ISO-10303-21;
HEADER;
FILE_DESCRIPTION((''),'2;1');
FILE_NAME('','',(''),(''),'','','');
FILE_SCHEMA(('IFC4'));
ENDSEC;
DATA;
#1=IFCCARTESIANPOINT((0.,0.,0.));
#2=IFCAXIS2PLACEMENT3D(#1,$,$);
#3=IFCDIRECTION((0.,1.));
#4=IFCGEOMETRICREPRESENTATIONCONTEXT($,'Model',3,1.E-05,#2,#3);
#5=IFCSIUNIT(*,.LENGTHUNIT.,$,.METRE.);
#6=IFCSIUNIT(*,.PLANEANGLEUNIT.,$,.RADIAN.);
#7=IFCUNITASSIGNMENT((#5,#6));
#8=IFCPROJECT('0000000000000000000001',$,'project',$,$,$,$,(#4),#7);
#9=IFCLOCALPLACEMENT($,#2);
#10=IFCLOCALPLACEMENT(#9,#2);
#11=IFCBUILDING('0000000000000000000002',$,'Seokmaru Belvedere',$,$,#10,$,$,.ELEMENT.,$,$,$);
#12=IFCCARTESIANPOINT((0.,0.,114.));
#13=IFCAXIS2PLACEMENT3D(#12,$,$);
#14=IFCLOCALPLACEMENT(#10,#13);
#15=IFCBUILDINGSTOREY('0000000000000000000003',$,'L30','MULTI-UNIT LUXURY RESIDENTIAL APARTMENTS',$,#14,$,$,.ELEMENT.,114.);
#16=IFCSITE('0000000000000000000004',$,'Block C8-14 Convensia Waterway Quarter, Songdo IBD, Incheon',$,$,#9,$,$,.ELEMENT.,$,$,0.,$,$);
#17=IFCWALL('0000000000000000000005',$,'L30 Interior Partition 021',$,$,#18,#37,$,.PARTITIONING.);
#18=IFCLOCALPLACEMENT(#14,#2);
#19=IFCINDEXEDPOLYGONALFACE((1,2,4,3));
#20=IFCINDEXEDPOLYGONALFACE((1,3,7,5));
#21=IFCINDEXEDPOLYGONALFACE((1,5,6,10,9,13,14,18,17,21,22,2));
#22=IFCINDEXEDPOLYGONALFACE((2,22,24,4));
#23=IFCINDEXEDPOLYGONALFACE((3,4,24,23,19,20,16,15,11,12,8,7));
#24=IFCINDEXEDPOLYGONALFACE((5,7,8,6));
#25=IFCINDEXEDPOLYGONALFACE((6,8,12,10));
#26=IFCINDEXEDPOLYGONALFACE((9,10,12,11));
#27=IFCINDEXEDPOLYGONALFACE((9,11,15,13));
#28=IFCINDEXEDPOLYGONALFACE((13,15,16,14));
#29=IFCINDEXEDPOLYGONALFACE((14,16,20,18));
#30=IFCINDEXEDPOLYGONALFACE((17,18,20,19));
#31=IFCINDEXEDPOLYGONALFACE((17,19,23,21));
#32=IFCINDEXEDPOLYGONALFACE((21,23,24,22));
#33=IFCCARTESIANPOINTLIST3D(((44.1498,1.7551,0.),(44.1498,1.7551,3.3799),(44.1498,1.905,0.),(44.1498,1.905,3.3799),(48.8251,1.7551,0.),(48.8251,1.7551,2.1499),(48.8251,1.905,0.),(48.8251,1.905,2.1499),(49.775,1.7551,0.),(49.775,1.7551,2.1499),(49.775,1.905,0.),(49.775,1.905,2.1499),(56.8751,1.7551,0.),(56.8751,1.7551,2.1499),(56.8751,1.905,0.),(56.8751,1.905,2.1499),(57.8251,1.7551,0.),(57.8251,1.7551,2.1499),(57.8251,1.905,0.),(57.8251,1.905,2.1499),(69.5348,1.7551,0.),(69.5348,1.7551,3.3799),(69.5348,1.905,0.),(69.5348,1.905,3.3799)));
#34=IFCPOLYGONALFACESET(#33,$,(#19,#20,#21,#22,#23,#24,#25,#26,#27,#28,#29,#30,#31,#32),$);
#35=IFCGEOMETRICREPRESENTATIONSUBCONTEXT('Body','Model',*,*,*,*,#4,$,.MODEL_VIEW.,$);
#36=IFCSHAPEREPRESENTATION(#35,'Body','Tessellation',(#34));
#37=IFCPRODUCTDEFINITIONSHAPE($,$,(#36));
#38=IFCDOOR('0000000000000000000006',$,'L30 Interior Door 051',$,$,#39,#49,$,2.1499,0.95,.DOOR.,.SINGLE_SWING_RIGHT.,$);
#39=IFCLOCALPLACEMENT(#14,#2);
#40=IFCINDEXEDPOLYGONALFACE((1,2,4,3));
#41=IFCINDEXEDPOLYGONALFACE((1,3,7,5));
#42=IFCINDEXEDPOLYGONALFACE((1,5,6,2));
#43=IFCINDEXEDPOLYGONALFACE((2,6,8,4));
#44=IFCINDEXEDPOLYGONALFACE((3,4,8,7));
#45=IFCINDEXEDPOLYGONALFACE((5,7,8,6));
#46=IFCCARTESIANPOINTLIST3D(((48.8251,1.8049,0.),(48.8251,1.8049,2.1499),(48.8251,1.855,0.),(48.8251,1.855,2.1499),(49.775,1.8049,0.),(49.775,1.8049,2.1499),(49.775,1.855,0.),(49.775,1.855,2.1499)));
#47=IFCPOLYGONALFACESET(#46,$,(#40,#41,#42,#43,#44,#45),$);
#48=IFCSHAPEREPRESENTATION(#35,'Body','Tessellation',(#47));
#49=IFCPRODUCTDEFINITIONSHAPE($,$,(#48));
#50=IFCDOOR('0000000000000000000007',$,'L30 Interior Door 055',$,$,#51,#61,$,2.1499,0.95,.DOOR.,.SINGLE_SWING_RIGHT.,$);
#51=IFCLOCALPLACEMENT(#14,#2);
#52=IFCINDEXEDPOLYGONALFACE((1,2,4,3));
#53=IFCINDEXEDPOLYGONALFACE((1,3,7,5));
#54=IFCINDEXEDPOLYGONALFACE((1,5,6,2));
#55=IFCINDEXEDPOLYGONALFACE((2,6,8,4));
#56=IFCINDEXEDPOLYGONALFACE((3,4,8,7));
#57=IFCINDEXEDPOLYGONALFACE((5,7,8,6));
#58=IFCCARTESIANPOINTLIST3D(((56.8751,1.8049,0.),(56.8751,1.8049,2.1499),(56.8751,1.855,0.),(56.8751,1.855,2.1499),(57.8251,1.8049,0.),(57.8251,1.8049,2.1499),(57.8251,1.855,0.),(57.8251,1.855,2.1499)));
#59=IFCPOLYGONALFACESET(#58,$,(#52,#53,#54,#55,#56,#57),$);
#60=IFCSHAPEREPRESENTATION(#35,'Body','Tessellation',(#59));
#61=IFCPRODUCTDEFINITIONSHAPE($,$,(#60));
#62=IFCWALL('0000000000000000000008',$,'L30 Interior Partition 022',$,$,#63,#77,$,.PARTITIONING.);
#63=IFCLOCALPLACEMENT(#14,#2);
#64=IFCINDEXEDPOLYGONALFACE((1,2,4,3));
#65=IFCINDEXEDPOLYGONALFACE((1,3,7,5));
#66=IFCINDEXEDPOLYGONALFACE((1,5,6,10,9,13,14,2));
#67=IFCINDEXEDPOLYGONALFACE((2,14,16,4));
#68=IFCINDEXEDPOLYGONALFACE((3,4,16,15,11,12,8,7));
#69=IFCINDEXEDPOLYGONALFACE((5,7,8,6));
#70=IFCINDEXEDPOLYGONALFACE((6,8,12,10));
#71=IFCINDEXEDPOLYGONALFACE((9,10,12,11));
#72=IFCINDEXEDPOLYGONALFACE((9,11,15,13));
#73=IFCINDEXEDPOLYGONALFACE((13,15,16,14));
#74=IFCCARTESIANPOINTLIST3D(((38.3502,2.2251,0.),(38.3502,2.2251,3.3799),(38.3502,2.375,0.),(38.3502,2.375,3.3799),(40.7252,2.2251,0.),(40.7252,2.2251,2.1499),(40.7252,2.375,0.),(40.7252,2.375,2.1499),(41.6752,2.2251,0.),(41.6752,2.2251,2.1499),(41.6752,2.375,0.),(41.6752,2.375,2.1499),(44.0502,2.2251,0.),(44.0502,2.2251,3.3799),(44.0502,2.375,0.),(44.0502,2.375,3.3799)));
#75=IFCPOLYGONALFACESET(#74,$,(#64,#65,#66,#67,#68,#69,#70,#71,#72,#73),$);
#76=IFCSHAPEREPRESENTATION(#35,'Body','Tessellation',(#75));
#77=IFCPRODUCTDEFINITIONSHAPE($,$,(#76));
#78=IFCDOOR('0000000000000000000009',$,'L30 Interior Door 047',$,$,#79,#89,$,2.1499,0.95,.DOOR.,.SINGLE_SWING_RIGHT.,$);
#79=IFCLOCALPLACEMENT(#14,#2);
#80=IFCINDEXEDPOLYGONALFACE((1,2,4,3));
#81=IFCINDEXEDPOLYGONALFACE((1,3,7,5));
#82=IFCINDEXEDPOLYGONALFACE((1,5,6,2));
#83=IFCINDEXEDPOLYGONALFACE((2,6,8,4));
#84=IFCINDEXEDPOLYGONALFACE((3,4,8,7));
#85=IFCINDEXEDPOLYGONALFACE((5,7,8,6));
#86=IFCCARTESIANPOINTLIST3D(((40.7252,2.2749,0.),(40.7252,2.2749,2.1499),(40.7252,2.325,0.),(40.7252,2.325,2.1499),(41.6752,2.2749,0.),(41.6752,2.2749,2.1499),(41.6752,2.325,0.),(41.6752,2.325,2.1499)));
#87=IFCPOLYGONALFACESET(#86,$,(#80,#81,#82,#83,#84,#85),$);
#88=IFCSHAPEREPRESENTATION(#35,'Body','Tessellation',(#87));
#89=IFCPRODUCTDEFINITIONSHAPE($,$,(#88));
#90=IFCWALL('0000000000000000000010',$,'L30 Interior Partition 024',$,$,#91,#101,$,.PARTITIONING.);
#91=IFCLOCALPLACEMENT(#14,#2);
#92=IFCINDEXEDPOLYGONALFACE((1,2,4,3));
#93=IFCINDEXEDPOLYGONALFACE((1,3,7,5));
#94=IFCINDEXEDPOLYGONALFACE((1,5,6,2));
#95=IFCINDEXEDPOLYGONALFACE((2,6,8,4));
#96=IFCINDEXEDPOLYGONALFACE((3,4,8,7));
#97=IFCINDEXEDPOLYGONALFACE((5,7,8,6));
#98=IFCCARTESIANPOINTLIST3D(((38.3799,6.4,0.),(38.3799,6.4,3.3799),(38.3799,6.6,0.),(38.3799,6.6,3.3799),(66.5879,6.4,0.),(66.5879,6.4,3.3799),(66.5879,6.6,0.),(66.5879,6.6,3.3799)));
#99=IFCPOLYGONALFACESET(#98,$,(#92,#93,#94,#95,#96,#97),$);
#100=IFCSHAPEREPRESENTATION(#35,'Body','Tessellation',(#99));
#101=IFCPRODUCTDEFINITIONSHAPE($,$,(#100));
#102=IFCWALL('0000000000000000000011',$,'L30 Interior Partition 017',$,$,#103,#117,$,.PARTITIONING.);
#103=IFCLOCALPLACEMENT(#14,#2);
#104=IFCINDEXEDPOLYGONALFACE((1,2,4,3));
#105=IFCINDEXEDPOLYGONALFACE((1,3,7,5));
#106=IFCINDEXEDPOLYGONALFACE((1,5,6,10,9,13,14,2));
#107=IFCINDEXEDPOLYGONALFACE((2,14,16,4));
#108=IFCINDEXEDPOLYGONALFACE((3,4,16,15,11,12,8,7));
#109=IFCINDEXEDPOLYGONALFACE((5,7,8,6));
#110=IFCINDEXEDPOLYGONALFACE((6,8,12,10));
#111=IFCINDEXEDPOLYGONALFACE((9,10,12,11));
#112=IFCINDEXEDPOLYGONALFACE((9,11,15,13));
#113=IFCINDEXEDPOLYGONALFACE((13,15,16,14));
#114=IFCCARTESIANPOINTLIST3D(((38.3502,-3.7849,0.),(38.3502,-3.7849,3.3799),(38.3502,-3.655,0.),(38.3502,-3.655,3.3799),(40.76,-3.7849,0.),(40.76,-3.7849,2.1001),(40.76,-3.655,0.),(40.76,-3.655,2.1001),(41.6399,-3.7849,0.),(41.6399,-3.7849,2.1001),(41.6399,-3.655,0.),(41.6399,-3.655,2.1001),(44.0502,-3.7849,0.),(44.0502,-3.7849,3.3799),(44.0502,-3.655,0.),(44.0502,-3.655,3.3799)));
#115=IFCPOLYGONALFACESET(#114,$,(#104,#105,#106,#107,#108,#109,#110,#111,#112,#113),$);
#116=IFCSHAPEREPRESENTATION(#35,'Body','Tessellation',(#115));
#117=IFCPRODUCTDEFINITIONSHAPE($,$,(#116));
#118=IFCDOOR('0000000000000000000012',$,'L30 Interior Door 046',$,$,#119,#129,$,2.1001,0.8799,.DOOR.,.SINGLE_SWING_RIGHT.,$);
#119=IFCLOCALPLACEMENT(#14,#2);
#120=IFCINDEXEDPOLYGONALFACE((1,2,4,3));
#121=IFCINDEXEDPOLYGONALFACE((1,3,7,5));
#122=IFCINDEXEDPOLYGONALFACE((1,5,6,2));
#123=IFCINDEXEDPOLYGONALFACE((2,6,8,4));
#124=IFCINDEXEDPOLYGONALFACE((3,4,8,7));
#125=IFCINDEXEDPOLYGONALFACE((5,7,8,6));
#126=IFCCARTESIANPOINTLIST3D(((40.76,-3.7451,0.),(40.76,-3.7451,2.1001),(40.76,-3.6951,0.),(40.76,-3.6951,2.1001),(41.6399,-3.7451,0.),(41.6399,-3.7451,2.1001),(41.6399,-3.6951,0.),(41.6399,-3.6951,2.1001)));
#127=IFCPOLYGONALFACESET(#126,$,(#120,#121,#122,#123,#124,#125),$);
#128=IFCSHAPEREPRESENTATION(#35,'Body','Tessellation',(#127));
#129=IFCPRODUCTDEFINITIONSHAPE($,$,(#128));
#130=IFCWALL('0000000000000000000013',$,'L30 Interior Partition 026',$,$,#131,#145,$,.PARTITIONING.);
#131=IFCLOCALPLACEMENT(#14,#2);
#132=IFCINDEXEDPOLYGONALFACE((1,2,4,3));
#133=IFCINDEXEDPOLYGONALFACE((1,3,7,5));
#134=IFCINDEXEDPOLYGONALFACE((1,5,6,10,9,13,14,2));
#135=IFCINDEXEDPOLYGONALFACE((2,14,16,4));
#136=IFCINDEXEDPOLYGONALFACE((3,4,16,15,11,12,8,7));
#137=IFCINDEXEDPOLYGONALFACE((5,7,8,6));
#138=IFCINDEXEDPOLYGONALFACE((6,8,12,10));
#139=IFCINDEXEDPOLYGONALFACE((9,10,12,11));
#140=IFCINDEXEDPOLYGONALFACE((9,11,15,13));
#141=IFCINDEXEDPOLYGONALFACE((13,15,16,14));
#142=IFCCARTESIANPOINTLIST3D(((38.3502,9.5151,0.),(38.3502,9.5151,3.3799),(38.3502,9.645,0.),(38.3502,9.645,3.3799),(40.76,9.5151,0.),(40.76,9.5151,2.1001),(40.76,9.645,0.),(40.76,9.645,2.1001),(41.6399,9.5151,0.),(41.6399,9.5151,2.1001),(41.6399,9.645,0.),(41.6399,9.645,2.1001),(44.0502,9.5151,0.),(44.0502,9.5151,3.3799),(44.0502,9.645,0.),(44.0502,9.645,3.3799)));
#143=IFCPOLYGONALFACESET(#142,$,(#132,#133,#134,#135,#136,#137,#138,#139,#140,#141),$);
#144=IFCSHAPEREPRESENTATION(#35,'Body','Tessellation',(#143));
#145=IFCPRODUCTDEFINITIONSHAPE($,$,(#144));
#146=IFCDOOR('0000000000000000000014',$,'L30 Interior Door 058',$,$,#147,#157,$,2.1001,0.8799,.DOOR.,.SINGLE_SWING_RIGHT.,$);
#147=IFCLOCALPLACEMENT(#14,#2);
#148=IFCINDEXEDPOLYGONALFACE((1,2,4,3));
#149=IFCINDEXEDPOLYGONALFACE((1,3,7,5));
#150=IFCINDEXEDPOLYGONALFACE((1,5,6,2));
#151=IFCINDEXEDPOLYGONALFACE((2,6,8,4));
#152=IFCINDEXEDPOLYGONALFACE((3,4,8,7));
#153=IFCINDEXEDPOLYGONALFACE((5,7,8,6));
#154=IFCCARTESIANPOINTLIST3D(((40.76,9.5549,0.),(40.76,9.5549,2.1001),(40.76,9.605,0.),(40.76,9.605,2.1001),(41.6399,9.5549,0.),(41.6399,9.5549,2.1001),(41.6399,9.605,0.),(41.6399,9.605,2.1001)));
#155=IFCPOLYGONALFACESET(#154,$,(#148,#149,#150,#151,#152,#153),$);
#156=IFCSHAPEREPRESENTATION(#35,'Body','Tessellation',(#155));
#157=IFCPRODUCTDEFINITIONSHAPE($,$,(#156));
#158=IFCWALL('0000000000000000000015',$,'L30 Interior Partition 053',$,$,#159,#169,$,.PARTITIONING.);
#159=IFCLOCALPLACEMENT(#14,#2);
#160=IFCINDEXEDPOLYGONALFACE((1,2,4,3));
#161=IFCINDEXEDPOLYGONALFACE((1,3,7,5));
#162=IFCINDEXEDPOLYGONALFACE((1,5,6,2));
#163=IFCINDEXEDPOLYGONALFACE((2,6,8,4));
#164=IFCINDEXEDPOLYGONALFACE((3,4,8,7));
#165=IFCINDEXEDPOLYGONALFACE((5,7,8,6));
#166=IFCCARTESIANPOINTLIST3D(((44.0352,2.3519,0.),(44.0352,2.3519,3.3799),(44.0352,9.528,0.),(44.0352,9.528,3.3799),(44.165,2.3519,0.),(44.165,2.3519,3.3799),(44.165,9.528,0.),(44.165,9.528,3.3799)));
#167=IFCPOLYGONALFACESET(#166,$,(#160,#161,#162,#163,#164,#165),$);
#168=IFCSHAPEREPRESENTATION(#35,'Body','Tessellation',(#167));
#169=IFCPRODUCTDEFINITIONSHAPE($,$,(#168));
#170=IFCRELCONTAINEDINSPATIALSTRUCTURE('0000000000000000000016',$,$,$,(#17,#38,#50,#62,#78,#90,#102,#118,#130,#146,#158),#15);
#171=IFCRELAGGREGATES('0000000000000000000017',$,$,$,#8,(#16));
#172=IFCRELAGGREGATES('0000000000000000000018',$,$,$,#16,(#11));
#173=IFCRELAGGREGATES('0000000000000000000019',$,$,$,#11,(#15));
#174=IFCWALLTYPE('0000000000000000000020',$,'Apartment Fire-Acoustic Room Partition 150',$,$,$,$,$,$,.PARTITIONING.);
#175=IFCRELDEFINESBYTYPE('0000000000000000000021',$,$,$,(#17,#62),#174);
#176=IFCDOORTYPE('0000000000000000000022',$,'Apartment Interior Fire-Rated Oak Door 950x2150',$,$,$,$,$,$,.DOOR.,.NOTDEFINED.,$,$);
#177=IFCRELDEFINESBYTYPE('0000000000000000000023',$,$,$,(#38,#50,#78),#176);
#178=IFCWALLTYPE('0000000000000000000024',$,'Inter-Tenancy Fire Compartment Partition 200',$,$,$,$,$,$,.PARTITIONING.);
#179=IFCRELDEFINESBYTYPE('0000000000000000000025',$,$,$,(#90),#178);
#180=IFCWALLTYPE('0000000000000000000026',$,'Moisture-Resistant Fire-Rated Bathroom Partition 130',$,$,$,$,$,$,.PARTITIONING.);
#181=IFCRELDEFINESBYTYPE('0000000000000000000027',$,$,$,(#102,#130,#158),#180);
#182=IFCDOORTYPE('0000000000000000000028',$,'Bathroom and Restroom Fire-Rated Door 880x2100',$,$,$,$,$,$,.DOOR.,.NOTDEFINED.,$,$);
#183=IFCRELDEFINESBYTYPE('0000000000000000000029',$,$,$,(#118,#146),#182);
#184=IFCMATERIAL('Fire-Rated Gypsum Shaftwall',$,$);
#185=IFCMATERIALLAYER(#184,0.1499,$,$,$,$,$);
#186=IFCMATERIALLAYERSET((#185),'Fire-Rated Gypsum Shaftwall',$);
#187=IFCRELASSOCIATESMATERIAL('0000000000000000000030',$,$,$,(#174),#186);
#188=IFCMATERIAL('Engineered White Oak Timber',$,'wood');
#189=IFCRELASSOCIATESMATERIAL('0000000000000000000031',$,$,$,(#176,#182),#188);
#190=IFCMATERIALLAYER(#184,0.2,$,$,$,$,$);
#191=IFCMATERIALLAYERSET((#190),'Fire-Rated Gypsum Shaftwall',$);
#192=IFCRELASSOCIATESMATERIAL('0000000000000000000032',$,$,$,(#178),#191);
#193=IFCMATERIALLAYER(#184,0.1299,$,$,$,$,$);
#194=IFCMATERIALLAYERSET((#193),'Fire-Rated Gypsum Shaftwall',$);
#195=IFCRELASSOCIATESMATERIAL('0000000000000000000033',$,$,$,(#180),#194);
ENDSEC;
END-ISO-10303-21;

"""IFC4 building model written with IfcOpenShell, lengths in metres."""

from ifc_helpers import new_model, si_unit, direction, frame, frame_2d, origin, place, context, subcontext, project, spatial, rectangle, extrude, source, transform, mapped, material, layer, layer_set, type_object, type_shapes, element, fill, save


model = new_model("IFC4")

# Units and contexts
model_context = context("Model", 3, precision=1e-05, world=origin(), true_north=direction((0.0, 1.0)))
body_context = subcontext(model_context, "Body", "Model", "MODEL_VIEW")
ifc_project = project(units=[si_unit("LENGTHUNIT", "METRE"), si_unit("PLANEANGLEUNIT", "RADIAN")], contexts=[model_context])

# Site, building, storey
site_placement = place(None, origin())
site = spatial("IfcSite", under=ifc_project, at=site_placement, Name="Block C8-14 Convensia Waterway Quarter, Songdo IBD, Incheon", CompositionType="ELEMENT", RefElevation=0.0)
building_placement = place(site_placement, origin())
building = spatial("IfcBuilding", under=site, at=building_placement, Name="Seokmaru Belvedere", CompositionType="ELEMENT")
storey_placement = place(building_placement, frame((0.0, 0.0, 114.0)))
storey = spatial("IfcBuildingStorey", under=building, at=storey_placement, Name="L30", Description="MULTI-UNIT LUXURY RESIDENTIAL APARTMENTS", CompositionType="ELEMENT", Elevation=114.0)

# Wall, openings, doors
ifc_material_1 = material(Name="Fire-Rated Gypsum Shaftwall")
ifc_layer_1 = layer(ifc_material_1, 0.1499)
ifc_layer_set_1 = layer_set([ifc_layer_1], Name="Fire-Rated Gypsum Shaftwall")
wall_type_1 = type_object("IfcWallType", Name="Apartment Fire-Acoustic Room Partition 150", PredefinedType="PARTITIONING", material=ifc_layer_set_1)
ifc_material_2 = material(Name="Engineered White Oak Timber", Category="wood")
door_type_1 = type_object("IfcDoorType", Name="Apartment Interior Fire-Rated Oak Door 950x2150", OperationType="NOTDEFINED", PredefinedType="DOOR", material=ifc_material_2)
shared_shape_1 = source(origin(), body_context, "Body", "SweptSolid", [
    extrude(rectangle(XDim=0.95, YDim=2.1499, at=frame_2d((0.4751, 1.075))), frame((0.0, 0.0249, 0.0), z_axis=(0.0, -1.0, 0.0), x_axis=(1.0, 0.0, 0.0)), (0.0, 0.0, 1.0), 0.05),
])
type_shapes(door_type_1, [shared_shape_1])
wall_1_placement = place(storey_placement, frame((44.1499, 1.8301, 0.0), z_axis=(0.0, 0.0, 1.0), x_axis=(1.0, 0.0, 0.0)))
wall_1 = element("IfcWall", 1, at=wall_1_placement, inside=storey, type_object=wall_type_1, Name="L30 Interior Partition 021", PredefinedType="PARTITIONING", context=body_context, shape_type="SweptSolid", body=[
    extrude(rectangle(XDim=25.385, YDim=0.1499, at=frame_2d((12.6924, 0.0))), origin(), (0.0, 0.0, 1.0), 3.3799),
])
opening_1_placement = place(wall_1_placement, frame((4.675, 0.0, 0.0)))
opening_1 = element("IfcOpeningElement", 2, at=opening_1_placement, cuts=wall_1, PredefinedType="OPENING", context=body_context, shape_type="SweptSolid", body=[
    extrude(rectangle(XDim=0.95, YDim=2.1499, at=frame_2d((0.4751, 1.075))), frame((0.0, 0.085, 0.0), z_axis=(0.0, -1.0, 0.0), x_axis=(1.0, 0.0, 0.0)), (0.0, 0.0, 1.0), 0.1699),
])
opening_2_placement = place(wall_1_placement, frame((12.7251, 0.0, 0.0)))
opening_2 = element("IfcOpeningElement", 3, at=opening_2_placement, cuts=wall_1, PredefinedType="OPENING", context=body_context, shape_type="SweptSolid", body=[
    extrude(rectangle(XDim=0.95, YDim=2.1499, at=frame_2d((0.4751, 1.075))), frame((0.0, 0.085, 0.0), z_axis=(0.0, -1.0, 0.0), x_axis=(1.0, 0.0, 0.0)), (0.0, 0.0, 1.0), 0.1699),
])
door_1_placement = place(opening_1_placement, origin())
door_1 = element("IfcDoor", 4, at=door_1_placement, inside=storey, type_object=door_type_1, Name="L30 Interior Door 051", OperationType="SINGLE_SWING_RIGHT", OverallHeight=2.1499, OverallWidth=0.95, PredefinedType="DOOR", context=body_context, shape_type="MappedRepresentation", body=[
    mapped(shared_shape_1, transform((0.0, 0.0, 0.0), scale=1.0)),
])
fill(opening_1, door_1)
door_2_placement = place(opening_2_placement, origin())
door_2 = element("IfcDoor", 5, at=door_2_placement, inside=storey, type_object=door_type_1, Name="L30 Interior Door 055", OperationType="SINGLE_SWING_RIGHT", OverallHeight=2.1499, OverallWidth=0.95, PredefinedType="DOOR", context=body_context, shape_type="MappedRepresentation", body=[
    mapped(shared_shape_1, transform((0.0, 0.0, 0.0), scale=1.0)),
])
fill(opening_2, door_2)

# Wall, opening, door
wall_2_placement = place(storey_placement, frame((38.3501, 2.3, 0.0), z_axis=(0.0, 0.0, 1.0), x_axis=(1.0, 0.0, 0.0)))
wall_2 = element("IfcWall", 6, at=wall_2_placement, inside=storey, type_object=wall_type_1, Name="L30 Interior Partition 022", PredefinedType="PARTITIONING", context=body_context, shape_type="SweptSolid", body=[
    extrude(rectangle(XDim=5.7, YDim=0.1499, at=frame_2d((2.8501, 0.0))), origin(), (0.0, 0.0, 1.0), 3.3799),
])
opening_3_placement = place(wall_2_placement, frame((2.375, 0.0, 0.0)))
opening_3 = element("IfcOpeningElement", 7, at=opening_3_placement, cuts=wall_2, PredefinedType="OPENING", context=body_context, shape_type="SweptSolid", body=[
    extrude(rectangle(XDim=0.95, YDim=2.1499, at=frame_2d((0.4751, 1.075))), frame((0.0, 0.085, 0.0), z_axis=(0.0, -1.0, 0.0), x_axis=(1.0, 0.0, 0.0)), (0.0, 0.0, 1.0), 0.1699),
])
door_3_placement = place(opening_3_placement, origin())
door_3 = element("IfcDoor", 8, at=door_3_placement, inside=storey, type_object=door_type_1, Name="L30 Interior Door 047", OperationType="SINGLE_SWING_RIGHT", OverallHeight=2.1499, OverallWidth=0.95, PredefinedType="DOOR", context=body_context, shape_type="MappedRepresentation", body=[
    mapped(shared_shape_1, transform((0.0, 0.0, 0.0), scale=1.0)),
])
fill(opening_3, door_3)

# Wall
ifc_layer_2 = layer(ifc_material_1, 0.2)
ifc_layer_set_2 = layer_set([ifc_layer_2], Name="Fire-Rated Gypsum Shaftwall")
wall_type_2 = type_object("IfcWallType", Name="Inter-Tenancy Fire Compartment Partition 200", PredefinedType="PARTITIONING", material=ifc_layer_set_2)
wall_3_placement = place(storey_placement, frame((38.3799, 6.5, 0.0), z_axis=(0.0, 0.0, 1.0), x_axis=(1.0, 0.0, 0.0)))
element("IfcWall", 9, at=wall_3_placement, inside=storey, type_object=wall_type_2, Name="L30 Interior Partition 024", PredefinedType="PARTITIONING", context=body_context, shape_type="SweptSolid", body=[
    extrude(rectangle(XDim=28.208, YDim=0.2, at=frame_2d((14.104, 0.0))), origin(), (0.0, 0.0, 1.0), 3.3799),
])

# Walls, openings, doors
ifc_layer_3 = layer(ifc_material_1, 0.1299)
ifc_layer_set_3 = layer_set([ifc_layer_3], Name="Fire-Rated Gypsum Shaftwall")
wall_type_3 = type_object("IfcWallType", Name="Moisture-Resistant Fire-Rated Bathroom Partition 130", PredefinedType="PARTITIONING", material=ifc_layer_set_3)
wall_4_placement = place(storey_placement, frame((38.3501, -3.72, 0.0), z_axis=(0.0, 0.0, 1.0), x_axis=(1.0, 0.0, 0.0)))
wall_4 = element("IfcWall", 10, at=wall_4_placement, inside=storey, type_object=wall_type_3, Name="L30 Interior Partition 017", PredefinedType="PARTITIONING", context=body_context, shape_type="SweptSolid", body=[
    extrude(rectangle(XDim=5.7, YDim=0.1299, at=frame_2d((2.8501, 0.0))), origin(), (0.0, 0.0, 1.0), 3.3799),
])
opening_4_placement = place(wall_4_placement, frame((2.4099, 0.0, 0.0)))
opening_4 = element("IfcOpeningElement", 11, at=opening_4_placement, cuts=wall_4, PredefinedType="OPENING", context=body_context, shape_type="SweptSolid", body=[
    extrude(rectangle(XDim=0.8799, YDim=2.1001, at=frame_2d((0.4399, 1.05))), frame((0.0, 0.075, 0.0), z_axis=(0.0, -1.0, 0.0), x_axis=(1.0, 0.0, 0.0)), (0.0, 0.0, 1.0), 0.1499),
])
door_type_2 = type_object("IfcDoorType", Name="Bathroom and Restroom Fire-Rated Door 880x2100", OperationType="NOTDEFINED", PredefinedType="DOOR", material=ifc_material_2)
shared_shape_2 = source(origin(), body_context, "Body", "SweptSolid", [
    extrude(rectangle(XDim=0.8799, YDim=2.1001, at=frame_2d((0.4399, 1.05))), frame((0.0, 0.0249, 0.0), z_axis=(0.0, -1.0, 0.0), x_axis=(1.0, 0.0, 0.0)), (0.0, 0.0, 1.0), 0.05),
])
type_shapes(door_type_2, [shared_shape_2])
door_4_placement = place(opening_4_placement, origin())
door_4 = element("IfcDoor", 12, at=door_4_placement, inside=storey, type_object=door_type_2, Name="L30 Interior Door 046", OperationType="SINGLE_SWING_RIGHT", OverallHeight=2.1001, OverallWidth=0.8799, PredefinedType="DOOR", context=body_context, shape_type="MappedRepresentation", body=[
    mapped(shared_shape_2, transform((0.0, 0.0, 0.0), scale=1.0)),
])
fill(opening_4, door_4)
wall_5_placement = place(storey_placement, frame((38.3501, 9.5801, 0.0), z_axis=(0.0, 0.0, 1.0), x_axis=(1.0, 0.0, 0.0)))
wall_5 = element("IfcWall", 13, at=wall_5_placement, inside=storey, type_object=wall_type_3, Name="L30 Interior Partition 026", PredefinedType="PARTITIONING", context=body_context, shape_type="SweptSolid", body=[
    extrude(rectangle(XDim=5.7, YDim=0.1299, at=frame_2d((2.8501, 0.0))), origin(), (0.0, 0.0, 1.0), 3.3799),
])
opening_5_placement = place(wall_5_placement, frame((2.4099, 0.0, 0.0)))
opening_5 = element("IfcOpeningElement", 14, at=opening_5_placement, cuts=wall_5, PredefinedType="OPENING", context=body_context, shape_type="SweptSolid", body=[
    extrude(rectangle(XDim=0.8799, YDim=2.1001, at=frame_2d((0.4399, 1.05))), frame((0.0, 0.075, 0.0), z_axis=(0.0, -1.0, 0.0), x_axis=(1.0, 0.0, 0.0)), (0.0, 0.0, 1.0), 0.1499),
])
door_5_placement = place(opening_5_placement, origin())
door_5 = element("IfcDoor", 15, at=door_5_placement, inside=storey, type_object=door_type_2, Name="L30 Interior Door 058", OperationType="SINGLE_SWING_RIGHT", OverallHeight=2.1001, OverallWidth=0.8799, PredefinedType="DOOR", context=body_context, shape_type="MappedRepresentation", body=[
    mapped(shared_shape_2, transform((0.0, 0.0, 0.0), scale=1.0)),
])
fill(opening_5, door_5)

# Wall
wall_6_placement = place(storey_placement, frame((44.1001, 2.3521, 0.0), z_axis=(0.0, 0.0, 1.0), x_axis=(0.0, 1.0, 0.0)))
element("IfcWall", 16, at=wall_6_placement, inside=storey, type_object=wall_type_3, Name="L30 Interior Partition 053", PredefinedType="PARTITIONING", context=body_context, shape_type="SweptSolid", body=[
    extrude(rectangle(XDim=7.176, YDim=0.1299, at=frame_2d((3.5879, 0.0))), origin(), (0.0, 0.0, 1.0), 3.3799),
])

save(model, "model.ifc")
